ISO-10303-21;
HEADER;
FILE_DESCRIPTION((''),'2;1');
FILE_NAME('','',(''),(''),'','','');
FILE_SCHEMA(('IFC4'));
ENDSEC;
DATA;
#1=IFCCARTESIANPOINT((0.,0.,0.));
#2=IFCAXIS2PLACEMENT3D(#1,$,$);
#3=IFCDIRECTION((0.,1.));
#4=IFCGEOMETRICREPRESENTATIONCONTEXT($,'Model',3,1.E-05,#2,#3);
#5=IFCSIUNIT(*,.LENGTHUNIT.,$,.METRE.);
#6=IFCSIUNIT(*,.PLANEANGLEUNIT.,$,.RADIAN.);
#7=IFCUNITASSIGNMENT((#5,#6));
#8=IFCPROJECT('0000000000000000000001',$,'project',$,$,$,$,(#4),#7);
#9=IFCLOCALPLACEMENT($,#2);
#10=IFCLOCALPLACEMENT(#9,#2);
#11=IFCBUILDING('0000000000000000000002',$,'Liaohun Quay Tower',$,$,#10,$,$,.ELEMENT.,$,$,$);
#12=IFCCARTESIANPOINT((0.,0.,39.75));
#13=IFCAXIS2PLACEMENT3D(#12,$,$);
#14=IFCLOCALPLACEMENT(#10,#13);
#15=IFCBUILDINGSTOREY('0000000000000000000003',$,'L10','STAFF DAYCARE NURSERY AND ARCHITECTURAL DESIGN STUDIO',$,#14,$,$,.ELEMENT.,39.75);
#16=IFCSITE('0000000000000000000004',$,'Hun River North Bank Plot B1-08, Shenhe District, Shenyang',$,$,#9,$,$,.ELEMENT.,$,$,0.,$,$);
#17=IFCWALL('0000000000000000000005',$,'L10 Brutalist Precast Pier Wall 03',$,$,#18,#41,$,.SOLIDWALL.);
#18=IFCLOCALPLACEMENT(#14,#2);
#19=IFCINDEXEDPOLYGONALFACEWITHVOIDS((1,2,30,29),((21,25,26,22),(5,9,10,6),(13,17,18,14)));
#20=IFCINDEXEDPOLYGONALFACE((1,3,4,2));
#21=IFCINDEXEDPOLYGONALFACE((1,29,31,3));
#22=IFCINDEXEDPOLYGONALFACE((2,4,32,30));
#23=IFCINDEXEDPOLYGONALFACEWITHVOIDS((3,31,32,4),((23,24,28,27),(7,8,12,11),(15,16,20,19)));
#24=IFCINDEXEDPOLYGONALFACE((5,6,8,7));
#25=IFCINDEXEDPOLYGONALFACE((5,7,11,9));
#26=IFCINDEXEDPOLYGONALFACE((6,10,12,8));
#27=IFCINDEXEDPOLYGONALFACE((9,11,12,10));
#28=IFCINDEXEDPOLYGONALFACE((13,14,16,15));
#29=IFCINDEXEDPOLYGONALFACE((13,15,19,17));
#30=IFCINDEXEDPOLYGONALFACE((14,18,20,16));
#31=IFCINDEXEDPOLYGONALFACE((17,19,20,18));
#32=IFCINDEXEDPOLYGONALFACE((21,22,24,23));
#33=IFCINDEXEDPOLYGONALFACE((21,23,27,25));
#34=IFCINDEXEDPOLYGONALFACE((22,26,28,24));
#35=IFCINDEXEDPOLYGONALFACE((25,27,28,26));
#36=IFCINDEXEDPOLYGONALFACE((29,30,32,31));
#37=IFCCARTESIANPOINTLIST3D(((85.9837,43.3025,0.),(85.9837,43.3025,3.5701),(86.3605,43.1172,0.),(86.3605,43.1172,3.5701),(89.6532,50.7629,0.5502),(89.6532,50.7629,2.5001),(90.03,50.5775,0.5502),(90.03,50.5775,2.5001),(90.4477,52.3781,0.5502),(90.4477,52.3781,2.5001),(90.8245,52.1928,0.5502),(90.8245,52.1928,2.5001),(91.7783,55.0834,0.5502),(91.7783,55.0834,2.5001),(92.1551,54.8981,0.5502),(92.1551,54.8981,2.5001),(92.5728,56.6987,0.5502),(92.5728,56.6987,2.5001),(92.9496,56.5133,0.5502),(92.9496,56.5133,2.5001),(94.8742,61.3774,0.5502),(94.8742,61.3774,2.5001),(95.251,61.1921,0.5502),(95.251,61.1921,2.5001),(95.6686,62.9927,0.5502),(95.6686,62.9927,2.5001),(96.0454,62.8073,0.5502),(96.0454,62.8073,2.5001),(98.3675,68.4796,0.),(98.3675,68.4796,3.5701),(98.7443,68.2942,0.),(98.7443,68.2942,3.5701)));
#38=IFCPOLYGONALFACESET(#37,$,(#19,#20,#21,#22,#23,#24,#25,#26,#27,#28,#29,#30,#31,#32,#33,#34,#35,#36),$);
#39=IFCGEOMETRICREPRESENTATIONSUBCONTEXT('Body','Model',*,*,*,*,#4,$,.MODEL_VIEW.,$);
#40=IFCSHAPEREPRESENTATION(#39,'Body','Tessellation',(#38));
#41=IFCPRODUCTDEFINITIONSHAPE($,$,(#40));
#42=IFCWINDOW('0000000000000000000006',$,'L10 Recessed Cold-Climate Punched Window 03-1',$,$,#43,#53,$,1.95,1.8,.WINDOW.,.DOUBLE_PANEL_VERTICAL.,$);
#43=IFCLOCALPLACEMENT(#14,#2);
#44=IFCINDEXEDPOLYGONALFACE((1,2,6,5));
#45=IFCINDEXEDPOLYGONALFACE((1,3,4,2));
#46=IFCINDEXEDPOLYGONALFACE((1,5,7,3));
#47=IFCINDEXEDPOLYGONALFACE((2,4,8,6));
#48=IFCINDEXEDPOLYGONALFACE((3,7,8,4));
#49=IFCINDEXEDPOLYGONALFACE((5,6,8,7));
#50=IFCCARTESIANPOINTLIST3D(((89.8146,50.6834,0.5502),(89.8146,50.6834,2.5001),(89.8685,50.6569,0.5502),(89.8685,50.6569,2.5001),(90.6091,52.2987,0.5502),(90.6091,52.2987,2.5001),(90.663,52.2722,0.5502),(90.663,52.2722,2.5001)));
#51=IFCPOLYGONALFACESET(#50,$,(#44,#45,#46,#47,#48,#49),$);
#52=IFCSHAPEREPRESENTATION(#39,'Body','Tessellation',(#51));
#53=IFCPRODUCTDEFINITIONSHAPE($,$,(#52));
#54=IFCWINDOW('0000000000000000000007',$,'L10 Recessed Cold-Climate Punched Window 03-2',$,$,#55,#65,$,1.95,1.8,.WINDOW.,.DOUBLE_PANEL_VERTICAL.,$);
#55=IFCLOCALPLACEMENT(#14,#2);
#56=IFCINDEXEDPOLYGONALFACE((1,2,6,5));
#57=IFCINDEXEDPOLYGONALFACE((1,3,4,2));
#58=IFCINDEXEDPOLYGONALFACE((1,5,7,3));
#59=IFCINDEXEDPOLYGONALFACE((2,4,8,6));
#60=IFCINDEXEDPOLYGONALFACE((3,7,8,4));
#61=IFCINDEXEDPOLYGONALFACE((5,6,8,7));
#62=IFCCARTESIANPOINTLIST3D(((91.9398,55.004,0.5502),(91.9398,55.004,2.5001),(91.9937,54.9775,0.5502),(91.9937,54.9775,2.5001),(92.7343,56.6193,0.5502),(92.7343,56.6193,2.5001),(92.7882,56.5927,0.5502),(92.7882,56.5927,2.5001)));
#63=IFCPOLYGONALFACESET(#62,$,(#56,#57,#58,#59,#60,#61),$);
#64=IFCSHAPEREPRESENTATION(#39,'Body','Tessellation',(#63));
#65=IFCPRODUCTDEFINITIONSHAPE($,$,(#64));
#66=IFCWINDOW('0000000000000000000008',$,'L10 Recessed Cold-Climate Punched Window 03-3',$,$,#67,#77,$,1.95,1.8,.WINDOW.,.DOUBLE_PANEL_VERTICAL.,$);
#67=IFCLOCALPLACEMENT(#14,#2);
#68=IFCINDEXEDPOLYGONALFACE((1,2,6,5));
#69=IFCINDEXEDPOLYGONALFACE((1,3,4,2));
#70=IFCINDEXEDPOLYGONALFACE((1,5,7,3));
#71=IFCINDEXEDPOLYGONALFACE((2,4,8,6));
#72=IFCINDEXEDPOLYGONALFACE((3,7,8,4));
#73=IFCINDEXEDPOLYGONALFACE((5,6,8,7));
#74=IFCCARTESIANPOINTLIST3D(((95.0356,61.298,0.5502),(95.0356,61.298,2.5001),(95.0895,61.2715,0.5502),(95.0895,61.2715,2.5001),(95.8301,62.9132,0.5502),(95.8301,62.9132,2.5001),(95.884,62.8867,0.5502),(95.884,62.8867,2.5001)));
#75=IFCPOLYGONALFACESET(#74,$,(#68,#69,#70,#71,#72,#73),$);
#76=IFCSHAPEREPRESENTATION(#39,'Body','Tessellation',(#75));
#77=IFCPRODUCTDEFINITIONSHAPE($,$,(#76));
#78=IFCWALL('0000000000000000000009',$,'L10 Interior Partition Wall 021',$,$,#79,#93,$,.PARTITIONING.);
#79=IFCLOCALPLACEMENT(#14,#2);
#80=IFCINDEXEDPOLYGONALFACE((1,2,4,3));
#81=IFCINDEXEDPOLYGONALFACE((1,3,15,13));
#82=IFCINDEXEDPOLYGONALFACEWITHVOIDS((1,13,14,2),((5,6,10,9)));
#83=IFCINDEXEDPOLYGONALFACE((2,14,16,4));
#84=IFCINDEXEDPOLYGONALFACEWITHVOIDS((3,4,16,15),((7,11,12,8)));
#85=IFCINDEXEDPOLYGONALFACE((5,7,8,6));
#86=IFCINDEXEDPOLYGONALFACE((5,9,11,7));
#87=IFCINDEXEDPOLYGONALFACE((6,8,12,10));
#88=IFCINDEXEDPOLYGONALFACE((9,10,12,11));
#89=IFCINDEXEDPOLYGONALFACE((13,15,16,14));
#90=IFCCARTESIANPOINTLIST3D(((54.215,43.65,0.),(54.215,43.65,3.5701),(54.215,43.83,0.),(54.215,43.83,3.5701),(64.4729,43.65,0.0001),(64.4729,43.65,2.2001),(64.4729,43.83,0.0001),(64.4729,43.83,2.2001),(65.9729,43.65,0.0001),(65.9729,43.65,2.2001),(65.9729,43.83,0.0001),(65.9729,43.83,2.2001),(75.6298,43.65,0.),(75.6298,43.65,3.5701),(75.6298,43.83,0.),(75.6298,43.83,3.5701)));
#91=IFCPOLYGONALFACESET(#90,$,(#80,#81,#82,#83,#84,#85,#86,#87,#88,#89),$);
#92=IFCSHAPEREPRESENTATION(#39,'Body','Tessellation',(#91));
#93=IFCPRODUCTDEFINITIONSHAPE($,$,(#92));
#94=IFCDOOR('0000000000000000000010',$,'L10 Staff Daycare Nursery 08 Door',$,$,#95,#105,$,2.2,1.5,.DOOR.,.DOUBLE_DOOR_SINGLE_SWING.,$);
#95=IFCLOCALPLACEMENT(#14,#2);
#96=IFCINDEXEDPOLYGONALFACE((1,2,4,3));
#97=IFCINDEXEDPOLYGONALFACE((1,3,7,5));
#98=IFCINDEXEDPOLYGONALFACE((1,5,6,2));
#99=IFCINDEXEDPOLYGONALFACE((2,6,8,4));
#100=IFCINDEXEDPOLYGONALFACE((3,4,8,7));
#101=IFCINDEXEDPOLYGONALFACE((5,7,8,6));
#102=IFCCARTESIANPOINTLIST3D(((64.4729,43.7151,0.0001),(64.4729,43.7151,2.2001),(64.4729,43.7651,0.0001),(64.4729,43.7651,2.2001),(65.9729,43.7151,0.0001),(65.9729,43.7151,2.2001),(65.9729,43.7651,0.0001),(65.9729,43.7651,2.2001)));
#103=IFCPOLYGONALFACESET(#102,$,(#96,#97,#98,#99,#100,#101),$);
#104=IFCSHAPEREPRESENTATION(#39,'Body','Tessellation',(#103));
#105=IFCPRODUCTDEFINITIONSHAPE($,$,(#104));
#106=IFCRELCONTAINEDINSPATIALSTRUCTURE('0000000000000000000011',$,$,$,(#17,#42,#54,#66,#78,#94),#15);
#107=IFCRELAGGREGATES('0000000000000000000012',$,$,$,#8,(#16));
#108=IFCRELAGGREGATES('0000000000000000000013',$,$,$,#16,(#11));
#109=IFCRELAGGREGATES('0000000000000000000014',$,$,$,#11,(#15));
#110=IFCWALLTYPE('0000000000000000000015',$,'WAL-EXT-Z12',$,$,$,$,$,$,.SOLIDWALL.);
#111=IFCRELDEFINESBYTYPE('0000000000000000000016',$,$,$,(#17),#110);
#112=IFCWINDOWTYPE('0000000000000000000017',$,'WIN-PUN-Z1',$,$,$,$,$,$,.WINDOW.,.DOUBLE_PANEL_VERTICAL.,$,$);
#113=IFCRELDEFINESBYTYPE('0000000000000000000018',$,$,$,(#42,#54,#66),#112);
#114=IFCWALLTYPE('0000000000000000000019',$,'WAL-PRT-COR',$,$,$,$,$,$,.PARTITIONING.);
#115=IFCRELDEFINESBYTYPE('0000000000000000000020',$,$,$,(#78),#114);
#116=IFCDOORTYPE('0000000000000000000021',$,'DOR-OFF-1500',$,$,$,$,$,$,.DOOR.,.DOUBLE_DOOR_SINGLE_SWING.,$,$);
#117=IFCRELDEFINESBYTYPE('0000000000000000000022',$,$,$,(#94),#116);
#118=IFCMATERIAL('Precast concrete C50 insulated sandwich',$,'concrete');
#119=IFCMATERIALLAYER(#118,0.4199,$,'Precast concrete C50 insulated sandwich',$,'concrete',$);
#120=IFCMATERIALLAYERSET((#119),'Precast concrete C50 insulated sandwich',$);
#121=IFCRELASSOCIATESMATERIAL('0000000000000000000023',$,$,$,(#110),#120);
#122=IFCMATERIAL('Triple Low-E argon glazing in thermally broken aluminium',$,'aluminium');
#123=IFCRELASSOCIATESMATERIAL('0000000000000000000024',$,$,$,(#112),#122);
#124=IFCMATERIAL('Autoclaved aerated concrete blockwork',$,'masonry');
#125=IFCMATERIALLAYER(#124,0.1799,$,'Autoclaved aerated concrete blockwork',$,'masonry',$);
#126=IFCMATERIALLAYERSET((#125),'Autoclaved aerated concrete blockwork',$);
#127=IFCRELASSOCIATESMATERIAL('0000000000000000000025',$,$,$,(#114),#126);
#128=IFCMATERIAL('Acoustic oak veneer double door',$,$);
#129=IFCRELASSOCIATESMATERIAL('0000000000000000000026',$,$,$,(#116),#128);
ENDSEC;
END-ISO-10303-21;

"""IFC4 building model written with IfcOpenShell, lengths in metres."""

from ifc_helpers import new_model, si_unit, direction, frame, frame_2d, origin, place, context, subcontext, project, spatial, rectangle, extrude, source, transform, mapped, material, layer, layer_set, type_object, element, fill, save


model = new_model("IFC4")

# Units and contexts
model_context = context("Model", 3, precision=1e-05, world=origin(), true_north=direction((0.0, 1.0)))
body_context = subcontext(model_context, "Body", "Model", "MODEL_VIEW")
ifc_project = project(units=[si_unit("LENGTHUNIT", "METRE"), si_unit("PLANEANGLEUNIT", "RADIAN")], contexts=[model_context])

# Site, building, storey
site_placement = place(None, origin())
site = spatial("IfcSite", under=ifc_project, at=site_placement, Name="Hun River North Bank Plot B1-08, Shenhe District, Shenyang", CompositionType="ELEMENT", RefElevation=0.0)
building_placement = place(site_placement, origin())
building = spatial("IfcBuilding", under=site, at=building_placement, Name="Liaohun Quay Tower", CompositionType="ELEMENT")
storey_placement = place(building_placement, frame((0.0, 0.0, 39.75)))
storey = spatial("IfcBuildingStorey", under=building, at=storey_placement, Name="L10", Description="STAFF DAYCARE NURSERY AND ARCHITECTURAL DESIGN STUDIO", CompositionType="ELEMENT", Elevation=39.75)

# Shared definitions
ifc_material_1 = material(Name="Precast concrete C50 insulated sandwich", Category="concrete")
ifc_layer_1 = layer(ifc_material_1, 0.4199, Name="Precast concrete C50 insulated sandwich", Category="concrete")
ifc_layer_set_1 = layer_set([ifc_layer_1], Name="Precast concrete C50 insulated sandwich")
wall_type_1 = type_object("IfcWallType", Name="WAL-EXT-Z12", PredefinedType="SOLIDWALL", material=ifc_layer_set_1)

# Wall, openings, windows
shared_shape_1 = source(origin(), body_context, "Body", "SweptSolid", [
    extrude(rectangle(XDim=1.8, YDim=1.95, at=frame_2d((0.8999, 0.9751))), frame((0.0, 0.22, 0.0), z_axis=(0.0, -1.0, 0.0), x_axis=(1.0, 0.0, 0.0)), (0.0, 0.0, 1.0), 0.4399),
])
ifc_material_2 = material(Name="Triple Low-E argon glazing in thermally broken aluminium", Category="aluminium")
window_type_1 = type_object("IfcWindowType", Name="WIN-PUN-Z1", PartitioningType="DOUBLE_PANEL_VERTICAL", PredefinedType="WINDOW", material=ifc_material_2)
shared_shape_2 = source(origin(), body_context, "Body", "SweptSolid", [
    extrude(rectangle(XDim=1.8, YDim=1.95, at=frame_2d((0.8999, 0.9751))), frame((0.0, 0.03, 0.0), z_axis=(0.0, -1.0, 0.0), x_axis=(1.0, 0.0, 0.0)), (0.0, 0.0, 1.0), 0.0601),
])
wall_1_placement = place(storey_placement, frame((86.1721, 43.21, 0.0), z_axis=(0.0, 0.0, 1.0), x_axis=(0.441367, 0.897327, 0.0)))
wall_1 = element("IfcWall", 1, at=wall_1_placement, inside=storey, type_object=wall_type_1, Name="L10 Brutalist Precast Pier Wall 03", PredefinedType="SOLIDWALL", context=body_context, shape_type="SweptSolid", body=[
    extrude(rectangle(XDim=28.0579, YDim=0.4199, at=frame_2d((14.0288, 0.0))), origin(), (0.0, 0.0, 1.0), 3.5701),
])
opening_1_placement = place(wall_1_placement, frame((8.314, 0.0, 0.55)))
opening_1 = element("IfcOpeningElement", 2, at=opening_1_placement, cuts=wall_1, PredefinedType="OPENING", context=body_context, shape_type="MappedRepresentation", body=[
    mapped(shared_shape_1, transform((0.0, 0.0, 0.0), x_axis=(1.0, 0.0, 0.0), y_axis=(0.0, 1.0, 0.0), z_axis=(0.0, 0.0, 1.0), scale=1.0)),
])
opening_2_placement = place(wall_1_placement, frame((13.1289, 0.0, 0.55)))
opening_2 = element("IfcOpeningElement", 3, at=opening_2_placement, cuts=wall_1, PredefinedType="OPENING", context=body_context, shape_type="MappedRepresentation", body=[
    mapped(shared_shape_1, transform((0.0, 0.0, 0.0), x_axis=(1.0, 0.0, 0.0), y_axis=(0.0, 1.0, 0.0), z_axis=(0.0, 0.0, 1.0), scale=1.0)),
])
opening_3_placement = place(wall_1_placement, frame((20.1431, 0.0, 0.55)))
opening_3 = element("IfcOpeningElement", 4, at=opening_3_placement, cuts=wall_1, PredefinedType="OPENING", context=body_context, shape_type="MappedRepresentation", body=[
    mapped(shared_shape_1, transform((0.0, 0.0, 0.0), x_axis=(1.0, 0.0, 0.0), y_axis=(0.0, 1.0, 0.0), z_axis=(0.0, 0.0, 1.0), scale=1.0)),
])
window_1_placement = place(opening_1_placement, origin())
window_1 = element("IfcWindow", 5, at=window_1_placement, inside=storey, type_object=window_type_1, Name="L10 Recessed Cold-Climate Punched Window 03-1", OverallHeight=1.95, OverallWidth=1.8, PartitioningType="DOUBLE_PANEL_VERTICAL", PredefinedType="WINDOW", context=body_context, shape_type="MappedRepresentation", body=[
    mapped(shared_shape_2, transform((0.0, 0.0, 0.0), x_axis=(1.0, 0.0, 0.0), y_axis=(0.0, 1.0, 0.0), z_axis=(0.0, 0.0, 1.0), scale=1.0)),
])
fill(opening_1, window_1)
window_2_placement = place(opening_2_placement, origin())
window_2 = element("IfcWindow", 6, at=window_2_placement, inside=storey, type_object=window_type_1, Name="L10 Recessed Cold-Climate Punched Window 03-2", OverallHeight=1.95, OverallWidth=1.8, PartitioningType="DOUBLE_PANEL_VERTICAL", PredefinedType="WINDOW", context=body_context, shape_type="MappedRepresentation", body=[
    mapped(shared_shape_2, transform((0.0, 0.0, 0.0), x_axis=(1.0, 0.0, 0.0), y_axis=(0.0, 1.0, 0.0), z_axis=(0.0, 0.0, 1.0), scale=1.0)),
])
fill(opening_2, window_2)
window_3_placement = place(opening_3_placement, origin())
window_3 = element("IfcWindow", 7, at=window_3_placement, inside=storey, type_object=window_type_1, Name="L10 Recessed Cold-Climate Punched Window 03-3", OverallHeight=1.95, OverallWidth=1.8, PartitioningType="DOUBLE_PANEL_VERTICAL", PredefinedType="WINDOW", context=body_context, shape_type="MappedRepresentation", body=[
    mapped(shared_shape_2, transform((0.0, 0.0, 0.0), x_axis=(1.0, 0.0, 0.0), y_axis=(0.0, 1.0, 0.0), z_axis=(0.0, 0.0, 1.0), scale=1.0)),
])
fill(opening_3, window_3)

# Wall, opening, door
ifc_material_3 = material(Name="Autoclaved aerated concrete blockwork", Category="masonry")
ifc_layer_2 = layer(ifc_material_3, 0.1799, Name="Autoclaved aerated concrete blockwork", Category="masonry")
ifc_layer_set_2 = layer_set([ifc_layer_2], Name="Autoclaved aerated concrete blockwork")
wall_type_2 = type_object("IfcWallType", Name="WAL-PRT-COR", PredefinedType="PARTITIONING", material=ifc_layer_set_2)
wall_2_placement = place(storey_placement, frame((75.6299, 43.74, 0.0), z_axis=(0.0, 0.0, 1.0), x_axis=(-1.0, 0.0, 0.0)))
wall_2 = element("IfcWall", 8, at=wall_2_placement, inside=storey, type_object=wall_type_2, Name="L10 Interior Partition Wall 021", PredefinedType="PARTITIONING", context=body_context, shape_type="SweptSolid", body=[
    extrude(rectangle(XDim=21.4148, YDim=0.1799, at=frame_2d((10.7075, 0.0))), origin(), (0.0, 0.0, 1.0), 3.5701),
])
shared_shape_3 = source(origin(), body_context, "Body", "SweptSolid", [
    extrude(rectangle(XDim=1.5, YDim=2.2, at=frame_2d((0.75, 1.1001))), frame((0.0, 0.0999, 0.0), z_axis=(0.0, -1.0, 0.0), x_axis=(1.0, 0.0, 0.0)), (0.0, 0.0, 1.0), 0.2),
])
opening_4_placement = place(wall_2_placement, frame((9.657, 0.0, 0.0)))
opening_4 = element("IfcOpeningElement", 9, at=opening_4_placement, cuts=wall_2, PredefinedType="OPENING", context=body_context, shape_type="MappedRepresentation", body=[
    mapped(shared_shape_3, transform((0.0, 0.0, 0.0), x_axis=(1.0, 0.0, 0.0), y_axis=(0.0, 1.0, 0.0), z_axis=(0.0, 0.0, 1.0), scale=1.0)),
])
ifc_material_4 = material(Name="Acoustic oak veneer double door")
door_type = type_object("IfcDoorType", Name="DOR-OFF-1500", OperationType="DOUBLE_DOOR_SINGLE_SWING", PredefinedType="DOOR", material=ifc_material_4)
shared_shape_4 = source(origin(), body_context, "Body", "SweptSolid", [
    extrude(rectangle(XDim=1.5, YDim=2.2, at=frame_2d((0.75, 1.1001))), frame((0.0, 0.0249, 0.0), z_axis=(0.0, -1.0, 0.0), x_axis=(1.0, 0.0, 0.0)), (0.0, 0.0, 1.0), 0.05),
])
door_placement = place(opening_4_placement, origin())
door = element("IfcDoor", 10, at=door_placement, inside=storey, type_object=door_type, Name="L10 Staff Daycare Nursery 08 Door", OperationType="DOUBLE_DOOR_SINGLE_SWING", OverallHeight=2.2, OverallWidth=1.5, PredefinedType="DOOR", context=body_context, shape_type="MappedRepresentation", body=[
    mapped(shared_shape_4, transform((0.0, 0.0, 0.0), x_axis=(1.0, 0.0, 0.0), y_axis=(0.0, 1.0, 0.0), z_axis=(0.0, 0.0, 1.0), scale=1.0)),
])
fill(opening_4, door)

save(model, "model.ifc")
